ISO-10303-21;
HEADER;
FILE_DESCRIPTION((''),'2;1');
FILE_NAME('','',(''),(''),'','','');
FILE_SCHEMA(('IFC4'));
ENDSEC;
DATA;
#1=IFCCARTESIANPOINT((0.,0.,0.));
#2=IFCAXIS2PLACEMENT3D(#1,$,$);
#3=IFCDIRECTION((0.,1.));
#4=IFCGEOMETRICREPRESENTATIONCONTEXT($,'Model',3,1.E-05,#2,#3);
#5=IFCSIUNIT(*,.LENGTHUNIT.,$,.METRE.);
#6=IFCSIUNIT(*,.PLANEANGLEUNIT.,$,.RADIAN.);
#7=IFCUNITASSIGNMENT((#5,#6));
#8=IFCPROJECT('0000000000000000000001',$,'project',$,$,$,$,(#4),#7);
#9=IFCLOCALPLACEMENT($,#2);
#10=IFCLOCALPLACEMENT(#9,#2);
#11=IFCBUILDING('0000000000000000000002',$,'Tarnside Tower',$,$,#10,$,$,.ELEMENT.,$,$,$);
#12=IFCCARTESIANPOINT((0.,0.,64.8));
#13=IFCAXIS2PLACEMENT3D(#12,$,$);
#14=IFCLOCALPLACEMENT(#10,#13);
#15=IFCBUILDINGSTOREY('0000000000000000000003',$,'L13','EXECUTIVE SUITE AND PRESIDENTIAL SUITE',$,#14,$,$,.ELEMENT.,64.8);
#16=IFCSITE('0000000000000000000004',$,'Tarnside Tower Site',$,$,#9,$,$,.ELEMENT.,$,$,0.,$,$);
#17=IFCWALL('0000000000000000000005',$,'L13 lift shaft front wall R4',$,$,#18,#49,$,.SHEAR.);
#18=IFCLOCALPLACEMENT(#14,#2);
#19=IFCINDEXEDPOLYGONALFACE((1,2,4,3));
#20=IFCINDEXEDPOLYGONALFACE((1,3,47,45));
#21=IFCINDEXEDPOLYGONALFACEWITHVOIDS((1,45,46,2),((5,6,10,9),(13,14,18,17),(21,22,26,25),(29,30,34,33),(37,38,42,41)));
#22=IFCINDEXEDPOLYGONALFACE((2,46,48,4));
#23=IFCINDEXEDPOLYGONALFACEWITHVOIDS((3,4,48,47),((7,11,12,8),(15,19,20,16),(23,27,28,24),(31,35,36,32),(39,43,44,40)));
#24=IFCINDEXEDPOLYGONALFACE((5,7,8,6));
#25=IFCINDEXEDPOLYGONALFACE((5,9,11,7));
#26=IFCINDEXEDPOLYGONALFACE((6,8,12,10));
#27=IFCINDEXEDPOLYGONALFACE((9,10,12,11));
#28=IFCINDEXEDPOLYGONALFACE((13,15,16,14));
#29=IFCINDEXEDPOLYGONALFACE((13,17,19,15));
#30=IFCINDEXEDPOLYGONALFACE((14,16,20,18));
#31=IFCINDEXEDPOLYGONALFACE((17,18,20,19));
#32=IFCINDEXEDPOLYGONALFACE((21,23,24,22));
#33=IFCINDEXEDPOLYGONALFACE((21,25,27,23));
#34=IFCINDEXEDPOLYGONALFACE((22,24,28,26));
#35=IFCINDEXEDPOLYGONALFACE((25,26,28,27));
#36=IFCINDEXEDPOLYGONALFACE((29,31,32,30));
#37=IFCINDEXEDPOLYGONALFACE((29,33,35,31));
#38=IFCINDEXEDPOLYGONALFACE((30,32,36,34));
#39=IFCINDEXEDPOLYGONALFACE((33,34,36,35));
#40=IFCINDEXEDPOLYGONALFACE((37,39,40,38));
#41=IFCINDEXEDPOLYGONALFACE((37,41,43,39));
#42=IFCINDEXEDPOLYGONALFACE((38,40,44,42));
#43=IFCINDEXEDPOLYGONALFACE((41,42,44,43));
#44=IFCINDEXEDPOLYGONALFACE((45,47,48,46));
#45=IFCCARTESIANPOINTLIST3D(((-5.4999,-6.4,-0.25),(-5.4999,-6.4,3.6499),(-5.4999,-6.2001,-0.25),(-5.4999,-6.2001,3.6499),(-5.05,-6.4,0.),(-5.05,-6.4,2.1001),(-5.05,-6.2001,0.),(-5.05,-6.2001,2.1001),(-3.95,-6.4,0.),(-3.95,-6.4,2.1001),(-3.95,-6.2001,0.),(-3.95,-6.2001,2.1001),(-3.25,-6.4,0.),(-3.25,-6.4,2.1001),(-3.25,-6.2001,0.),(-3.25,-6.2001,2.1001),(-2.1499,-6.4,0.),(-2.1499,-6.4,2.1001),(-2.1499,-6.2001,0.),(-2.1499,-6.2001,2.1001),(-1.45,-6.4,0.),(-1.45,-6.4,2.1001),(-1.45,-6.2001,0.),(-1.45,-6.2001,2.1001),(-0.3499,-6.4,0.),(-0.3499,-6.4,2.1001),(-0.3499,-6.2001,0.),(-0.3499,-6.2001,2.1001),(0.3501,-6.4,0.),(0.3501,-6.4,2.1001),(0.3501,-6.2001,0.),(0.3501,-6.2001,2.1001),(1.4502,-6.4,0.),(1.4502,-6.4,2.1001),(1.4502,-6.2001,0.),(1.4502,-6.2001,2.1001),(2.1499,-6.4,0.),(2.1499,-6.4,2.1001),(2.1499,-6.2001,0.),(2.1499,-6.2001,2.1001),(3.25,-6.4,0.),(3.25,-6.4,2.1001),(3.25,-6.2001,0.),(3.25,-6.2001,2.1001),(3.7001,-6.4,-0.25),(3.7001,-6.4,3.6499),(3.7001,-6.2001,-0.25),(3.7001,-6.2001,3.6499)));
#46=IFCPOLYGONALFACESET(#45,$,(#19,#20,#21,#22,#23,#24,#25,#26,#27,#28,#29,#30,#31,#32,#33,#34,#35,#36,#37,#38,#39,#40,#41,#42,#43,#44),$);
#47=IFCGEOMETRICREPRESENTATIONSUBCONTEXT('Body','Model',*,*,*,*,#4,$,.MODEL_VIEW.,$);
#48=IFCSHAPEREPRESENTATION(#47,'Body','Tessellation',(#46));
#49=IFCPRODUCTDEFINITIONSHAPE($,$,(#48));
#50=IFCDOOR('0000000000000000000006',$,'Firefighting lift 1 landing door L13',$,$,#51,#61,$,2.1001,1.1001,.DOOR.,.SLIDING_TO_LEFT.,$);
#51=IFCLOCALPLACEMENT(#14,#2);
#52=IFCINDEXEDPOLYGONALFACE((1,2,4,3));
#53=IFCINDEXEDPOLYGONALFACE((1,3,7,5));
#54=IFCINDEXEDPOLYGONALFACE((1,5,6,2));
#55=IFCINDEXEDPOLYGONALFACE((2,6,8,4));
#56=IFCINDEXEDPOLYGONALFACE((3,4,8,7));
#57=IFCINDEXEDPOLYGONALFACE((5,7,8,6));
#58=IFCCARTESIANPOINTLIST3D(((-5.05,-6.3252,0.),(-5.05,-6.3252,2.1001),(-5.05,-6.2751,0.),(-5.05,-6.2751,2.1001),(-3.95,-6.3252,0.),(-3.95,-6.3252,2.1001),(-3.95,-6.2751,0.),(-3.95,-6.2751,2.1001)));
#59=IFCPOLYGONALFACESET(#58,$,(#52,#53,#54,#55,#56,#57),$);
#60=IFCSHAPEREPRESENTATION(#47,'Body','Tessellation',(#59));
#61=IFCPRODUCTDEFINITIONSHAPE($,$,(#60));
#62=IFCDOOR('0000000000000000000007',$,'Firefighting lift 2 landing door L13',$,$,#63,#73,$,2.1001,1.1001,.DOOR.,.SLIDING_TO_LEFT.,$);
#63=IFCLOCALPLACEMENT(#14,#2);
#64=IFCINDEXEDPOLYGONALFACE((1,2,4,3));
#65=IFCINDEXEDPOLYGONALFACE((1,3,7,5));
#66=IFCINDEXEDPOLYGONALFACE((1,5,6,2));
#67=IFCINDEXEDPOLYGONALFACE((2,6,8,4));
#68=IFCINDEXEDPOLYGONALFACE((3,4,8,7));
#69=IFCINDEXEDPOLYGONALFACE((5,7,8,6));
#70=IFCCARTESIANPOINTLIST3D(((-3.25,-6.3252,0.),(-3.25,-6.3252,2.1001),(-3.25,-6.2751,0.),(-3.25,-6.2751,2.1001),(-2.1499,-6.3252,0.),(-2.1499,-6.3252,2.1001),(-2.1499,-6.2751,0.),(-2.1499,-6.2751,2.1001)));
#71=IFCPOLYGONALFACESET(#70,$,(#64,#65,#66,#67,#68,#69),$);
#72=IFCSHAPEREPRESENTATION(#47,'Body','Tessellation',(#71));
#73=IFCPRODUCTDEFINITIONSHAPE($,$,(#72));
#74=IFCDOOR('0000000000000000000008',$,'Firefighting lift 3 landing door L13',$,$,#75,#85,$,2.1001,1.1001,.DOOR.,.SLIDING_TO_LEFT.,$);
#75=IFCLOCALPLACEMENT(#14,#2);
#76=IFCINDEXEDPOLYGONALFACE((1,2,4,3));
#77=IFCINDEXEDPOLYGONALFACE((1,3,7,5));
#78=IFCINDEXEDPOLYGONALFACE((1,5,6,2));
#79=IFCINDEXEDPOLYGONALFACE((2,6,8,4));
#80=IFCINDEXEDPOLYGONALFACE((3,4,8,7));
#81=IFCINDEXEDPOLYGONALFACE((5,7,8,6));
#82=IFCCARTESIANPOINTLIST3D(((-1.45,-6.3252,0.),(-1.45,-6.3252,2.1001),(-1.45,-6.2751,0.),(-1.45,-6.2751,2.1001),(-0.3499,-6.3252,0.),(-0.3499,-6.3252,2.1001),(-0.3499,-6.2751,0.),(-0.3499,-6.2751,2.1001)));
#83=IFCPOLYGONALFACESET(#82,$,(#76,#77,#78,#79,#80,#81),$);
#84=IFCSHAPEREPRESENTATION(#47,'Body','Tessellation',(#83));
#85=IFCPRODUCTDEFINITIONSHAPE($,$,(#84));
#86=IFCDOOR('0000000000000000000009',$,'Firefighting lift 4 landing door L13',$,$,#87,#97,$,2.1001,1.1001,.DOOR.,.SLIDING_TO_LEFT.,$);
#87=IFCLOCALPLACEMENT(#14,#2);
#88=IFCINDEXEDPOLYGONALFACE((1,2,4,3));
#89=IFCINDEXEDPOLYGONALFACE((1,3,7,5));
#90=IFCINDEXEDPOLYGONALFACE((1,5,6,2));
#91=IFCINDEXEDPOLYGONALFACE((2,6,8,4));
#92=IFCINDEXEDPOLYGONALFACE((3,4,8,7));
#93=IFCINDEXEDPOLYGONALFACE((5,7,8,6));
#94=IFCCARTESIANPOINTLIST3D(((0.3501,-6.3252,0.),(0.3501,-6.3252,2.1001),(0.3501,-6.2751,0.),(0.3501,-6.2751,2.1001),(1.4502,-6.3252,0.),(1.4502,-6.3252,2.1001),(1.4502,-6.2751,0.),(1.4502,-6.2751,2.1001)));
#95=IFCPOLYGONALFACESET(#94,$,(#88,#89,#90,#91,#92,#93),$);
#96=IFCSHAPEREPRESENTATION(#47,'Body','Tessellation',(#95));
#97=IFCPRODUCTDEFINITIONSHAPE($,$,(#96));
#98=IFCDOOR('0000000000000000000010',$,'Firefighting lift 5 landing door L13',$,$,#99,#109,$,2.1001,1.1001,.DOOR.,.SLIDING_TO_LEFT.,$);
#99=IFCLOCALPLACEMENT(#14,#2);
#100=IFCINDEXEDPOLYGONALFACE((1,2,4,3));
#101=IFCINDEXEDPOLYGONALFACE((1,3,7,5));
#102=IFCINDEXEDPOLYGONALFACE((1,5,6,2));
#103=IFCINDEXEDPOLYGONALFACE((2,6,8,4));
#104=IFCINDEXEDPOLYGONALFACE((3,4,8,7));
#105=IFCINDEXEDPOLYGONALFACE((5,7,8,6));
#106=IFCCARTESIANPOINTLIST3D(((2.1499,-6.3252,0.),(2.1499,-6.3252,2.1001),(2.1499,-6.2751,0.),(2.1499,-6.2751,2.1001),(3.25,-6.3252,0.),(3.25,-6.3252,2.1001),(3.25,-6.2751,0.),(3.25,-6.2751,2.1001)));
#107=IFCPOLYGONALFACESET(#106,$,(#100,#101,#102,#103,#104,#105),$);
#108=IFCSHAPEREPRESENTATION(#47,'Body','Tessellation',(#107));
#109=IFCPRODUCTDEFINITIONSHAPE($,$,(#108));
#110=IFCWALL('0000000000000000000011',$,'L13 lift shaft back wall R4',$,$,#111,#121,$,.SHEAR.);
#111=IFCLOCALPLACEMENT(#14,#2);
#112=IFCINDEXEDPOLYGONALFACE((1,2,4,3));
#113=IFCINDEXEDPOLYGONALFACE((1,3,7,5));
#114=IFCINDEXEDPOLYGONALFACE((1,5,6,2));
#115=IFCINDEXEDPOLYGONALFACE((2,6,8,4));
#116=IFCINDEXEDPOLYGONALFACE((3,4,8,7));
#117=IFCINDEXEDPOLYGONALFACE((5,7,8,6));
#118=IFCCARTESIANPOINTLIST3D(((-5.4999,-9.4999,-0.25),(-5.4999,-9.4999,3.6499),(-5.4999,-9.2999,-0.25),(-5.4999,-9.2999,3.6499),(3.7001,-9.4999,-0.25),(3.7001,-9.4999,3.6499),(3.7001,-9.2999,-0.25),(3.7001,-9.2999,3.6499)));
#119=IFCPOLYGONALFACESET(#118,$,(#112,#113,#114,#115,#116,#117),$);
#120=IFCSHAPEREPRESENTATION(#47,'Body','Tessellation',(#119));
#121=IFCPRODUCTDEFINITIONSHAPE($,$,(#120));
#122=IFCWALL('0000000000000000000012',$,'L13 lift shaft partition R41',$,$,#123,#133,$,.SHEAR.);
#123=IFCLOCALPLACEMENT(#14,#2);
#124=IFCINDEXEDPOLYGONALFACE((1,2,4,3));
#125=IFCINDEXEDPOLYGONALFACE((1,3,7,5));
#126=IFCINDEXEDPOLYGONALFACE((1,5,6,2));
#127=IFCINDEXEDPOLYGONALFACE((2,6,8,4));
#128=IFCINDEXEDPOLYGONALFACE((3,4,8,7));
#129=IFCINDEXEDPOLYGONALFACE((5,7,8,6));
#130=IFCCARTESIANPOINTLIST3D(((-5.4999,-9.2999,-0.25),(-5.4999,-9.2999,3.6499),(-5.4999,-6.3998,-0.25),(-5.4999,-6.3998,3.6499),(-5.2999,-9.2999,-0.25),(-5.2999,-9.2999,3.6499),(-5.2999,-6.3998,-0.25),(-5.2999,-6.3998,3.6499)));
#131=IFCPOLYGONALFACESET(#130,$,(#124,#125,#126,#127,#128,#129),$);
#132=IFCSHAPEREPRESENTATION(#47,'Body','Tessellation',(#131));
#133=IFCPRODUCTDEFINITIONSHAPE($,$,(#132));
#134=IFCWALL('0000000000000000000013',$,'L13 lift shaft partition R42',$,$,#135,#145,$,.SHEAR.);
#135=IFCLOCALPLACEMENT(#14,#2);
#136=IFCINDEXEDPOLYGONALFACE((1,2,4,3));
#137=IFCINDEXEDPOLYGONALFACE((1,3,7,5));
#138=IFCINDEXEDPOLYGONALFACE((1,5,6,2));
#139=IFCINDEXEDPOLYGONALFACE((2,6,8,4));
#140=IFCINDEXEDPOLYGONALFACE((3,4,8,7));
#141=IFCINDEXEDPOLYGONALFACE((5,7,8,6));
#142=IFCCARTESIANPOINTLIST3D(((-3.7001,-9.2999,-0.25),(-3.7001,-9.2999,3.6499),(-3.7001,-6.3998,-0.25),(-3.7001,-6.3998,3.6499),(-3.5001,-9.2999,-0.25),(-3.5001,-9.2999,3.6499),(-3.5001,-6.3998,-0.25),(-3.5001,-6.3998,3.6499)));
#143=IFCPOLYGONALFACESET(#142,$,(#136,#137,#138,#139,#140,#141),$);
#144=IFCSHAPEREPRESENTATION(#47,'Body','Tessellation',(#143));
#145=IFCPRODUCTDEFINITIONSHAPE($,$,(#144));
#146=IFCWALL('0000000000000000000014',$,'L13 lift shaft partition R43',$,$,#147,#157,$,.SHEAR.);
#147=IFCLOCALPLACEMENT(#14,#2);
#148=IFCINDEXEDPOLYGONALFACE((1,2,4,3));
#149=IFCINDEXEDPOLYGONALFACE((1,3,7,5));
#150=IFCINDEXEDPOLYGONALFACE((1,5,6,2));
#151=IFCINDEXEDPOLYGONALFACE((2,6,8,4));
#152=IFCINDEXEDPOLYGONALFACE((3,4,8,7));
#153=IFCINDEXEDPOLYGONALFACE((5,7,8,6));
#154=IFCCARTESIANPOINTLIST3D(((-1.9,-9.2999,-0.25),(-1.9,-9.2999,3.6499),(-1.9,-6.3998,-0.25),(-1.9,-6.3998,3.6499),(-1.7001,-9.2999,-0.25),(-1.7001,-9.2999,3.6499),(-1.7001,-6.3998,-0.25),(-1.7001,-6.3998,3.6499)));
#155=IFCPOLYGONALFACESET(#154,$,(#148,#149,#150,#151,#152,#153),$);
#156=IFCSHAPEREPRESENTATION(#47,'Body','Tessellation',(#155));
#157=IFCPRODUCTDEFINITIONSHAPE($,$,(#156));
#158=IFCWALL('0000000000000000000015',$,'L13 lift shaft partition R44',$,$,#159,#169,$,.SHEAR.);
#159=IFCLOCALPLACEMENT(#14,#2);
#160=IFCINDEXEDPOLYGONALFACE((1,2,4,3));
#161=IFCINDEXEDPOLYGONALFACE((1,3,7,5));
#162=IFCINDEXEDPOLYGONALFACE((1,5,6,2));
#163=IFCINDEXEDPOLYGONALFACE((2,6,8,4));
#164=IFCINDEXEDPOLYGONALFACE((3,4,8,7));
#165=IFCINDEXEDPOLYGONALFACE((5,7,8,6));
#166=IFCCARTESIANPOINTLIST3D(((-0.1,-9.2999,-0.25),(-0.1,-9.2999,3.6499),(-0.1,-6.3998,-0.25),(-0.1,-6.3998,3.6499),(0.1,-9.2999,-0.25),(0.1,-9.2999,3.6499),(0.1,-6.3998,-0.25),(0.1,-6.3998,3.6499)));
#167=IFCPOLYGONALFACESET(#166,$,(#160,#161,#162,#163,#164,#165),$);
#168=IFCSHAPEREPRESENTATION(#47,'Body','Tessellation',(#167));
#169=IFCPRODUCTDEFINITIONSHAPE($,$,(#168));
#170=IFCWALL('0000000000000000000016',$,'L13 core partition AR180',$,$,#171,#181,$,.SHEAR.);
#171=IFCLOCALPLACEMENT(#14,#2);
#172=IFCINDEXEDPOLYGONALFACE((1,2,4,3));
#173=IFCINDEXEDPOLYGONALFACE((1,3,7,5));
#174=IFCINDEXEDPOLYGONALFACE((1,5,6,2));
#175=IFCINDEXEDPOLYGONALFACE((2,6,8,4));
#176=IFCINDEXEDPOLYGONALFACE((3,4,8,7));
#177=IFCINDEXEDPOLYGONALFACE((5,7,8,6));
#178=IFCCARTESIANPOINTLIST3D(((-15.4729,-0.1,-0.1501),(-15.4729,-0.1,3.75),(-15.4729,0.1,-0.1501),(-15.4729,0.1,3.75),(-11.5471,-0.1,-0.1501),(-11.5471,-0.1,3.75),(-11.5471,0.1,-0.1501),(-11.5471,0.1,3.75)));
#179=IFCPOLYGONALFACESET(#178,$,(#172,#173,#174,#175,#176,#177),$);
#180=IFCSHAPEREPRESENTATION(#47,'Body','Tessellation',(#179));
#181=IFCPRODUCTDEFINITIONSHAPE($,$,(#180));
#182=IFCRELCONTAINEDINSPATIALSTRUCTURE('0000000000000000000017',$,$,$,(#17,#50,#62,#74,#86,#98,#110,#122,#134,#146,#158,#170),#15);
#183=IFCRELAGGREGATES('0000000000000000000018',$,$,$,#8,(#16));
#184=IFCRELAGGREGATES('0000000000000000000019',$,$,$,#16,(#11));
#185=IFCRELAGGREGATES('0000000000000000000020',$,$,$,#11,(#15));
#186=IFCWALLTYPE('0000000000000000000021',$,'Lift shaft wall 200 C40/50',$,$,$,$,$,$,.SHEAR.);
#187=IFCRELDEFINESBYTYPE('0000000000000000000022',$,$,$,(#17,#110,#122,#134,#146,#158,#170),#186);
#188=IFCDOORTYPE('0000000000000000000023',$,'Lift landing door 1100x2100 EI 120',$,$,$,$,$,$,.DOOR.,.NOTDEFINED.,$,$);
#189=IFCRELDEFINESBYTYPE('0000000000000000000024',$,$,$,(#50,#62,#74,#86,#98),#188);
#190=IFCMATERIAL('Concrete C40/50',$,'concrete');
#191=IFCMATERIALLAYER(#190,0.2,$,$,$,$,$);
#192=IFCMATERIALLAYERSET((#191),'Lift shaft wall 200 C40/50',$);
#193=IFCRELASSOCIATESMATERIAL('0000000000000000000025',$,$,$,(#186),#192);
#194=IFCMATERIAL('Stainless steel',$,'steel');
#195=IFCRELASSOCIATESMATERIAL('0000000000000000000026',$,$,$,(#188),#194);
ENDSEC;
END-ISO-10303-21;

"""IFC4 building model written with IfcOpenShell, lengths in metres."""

from ifc_helpers import new_model, si_unit, direction, frame, frame_2d, origin, place, context, subcontext, project, spatial, rectangle, extrude, material, layer, layer_set, type_object, element, fill, save


model = new_model("IFC4")

# Units and contexts
model_context = context("Model", 3, precision=1e-05, world=origin(), true_north=direction((0.0, 1.0)))
body_context = subcontext(model_context, "Body", "Model", "MODEL_VIEW")
ifc_project = project(units=[si_unit("LENGTHUNIT", "METRE"), si_unit("PLANEANGLEUNIT", "RADIAN")], contexts=[model_context])

# Site, building, storey
site_placement = place(None, origin())
site = spatial("IfcSite", under=ifc_project, at=site_placement, Name="Tarnside Tower Site", CompositionType="ELEMENT", RefElevation=0.0)
building_placement = place(site_placement, origin())
building = spatial("IfcBuilding", under=site, at=building_placement, Name="Tarnside Tower", CompositionType="ELEMENT")
storey_placement = place(building_placement, frame((0.0, 0.0, 64.8)))
storey = spatial("IfcBuildingStorey", under=building, at=storey_placement, Name="L13", Description="EXECUTIVE SUITE AND PRESIDENTIAL SUITE", CompositionType="ELEMENT", Elevation=64.8)

# Shared definitions
ifc_material_1 = material(Name="Concrete C40/50", Category="concrete")

# Wall, openings, doors
ifc_layer_1 = layer(ifc_material_1, 0.2)
ifc_layer_set_1 = layer_set([ifc_layer_1], Name="Lift shaft wall 200 C40/50")
wall_type_1 = type_object("IfcWallType", Name="Lift shaft wall 200 C40/50", PredefinedType="SHEAR", material=ifc_layer_set_1)
wall_1_placement = place(storey_placement, frame((-5.5, -6.3, -0.25), z_axis=(0.0, 0.0, 1.0), x_axis=(1.0, 0.0, 0.0)))
wall_1 = element("IfcWall", 1, at=wall_1_placement, inside=storey, type_object=wall_type_1, Name="L13 lift shaft front wall R4", PredefinedType="SHEAR", context=body_context, shape_type="SweptSolid", body=[
    extrude(rectangle(XDim=9.2, YDim=0.2, at=frame_2d((4.6001, 0.0))), origin(), (0.0, 0.0, 1.0), 3.8999),
])
opening_1_placement = place(wall_1_placement, frame((0.45, 0.0, 0.25)))
opening_1 = element("IfcOpeningElement", 2, at=opening_1_placement, cuts=wall_1, PredefinedType="OPENING", context=body_context, shape_type="SweptSolid", body=[
    extrude(rectangle(XDim=1.1001, YDim=2.1001, at=frame_2d((0.55, 1.05))), frame((0.0, 0.1099, 0.0), z_axis=(0.0, -1.0, 0.0), x_axis=(1.0, 0.0, 0.0)), (0.0, 0.0, 1.0), 0.22),
])
opening_2_placement = place(wall_1_placement, frame((2.25, 0.0, 0.25)))
opening_2 = element("IfcOpeningElement", 3, at=opening_2_placement, cuts=wall_1, PredefinedType="OPENING", context=body_context, shape_type="SweptSolid", body=[
    extrude(rectangle(XDim=1.1001, YDim=2.1001, at=frame_2d((0.55, 1.05))), frame((0.0, 0.1099, 0.0), z_axis=(0.0, -1.0, 0.0), x_axis=(1.0, 0.0, 0.0)), (0.0, 0.0, 1.0), 0.22),
])
opening_3_placement = place(wall_1_placement, frame((4.05, 0.0, 0.25)))
opening_3 = element("IfcOpeningElement", 4, at=opening_3_placement, cuts=wall_1, PredefinedType="OPENING", context=body_context, shape_type="SweptSolid", body=[
    extrude(rectangle(XDim=1.1001, YDim=2.1001, at=frame_2d((0.55, 1.05))), frame((0.0, 0.1099, 0.0), z_axis=(0.0, -1.0, 0.0), x_axis=(1.0, 0.0, 0.0)), (0.0, 0.0, 1.0), 0.22),
])
opening_4_placement = place(wall_1_placement, frame((5.8501, 0.0, 0.25)))
opening_4 = element("IfcOpeningElement", 5, at=opening_4_placement, cuts=wall_1, PredefinedType="OPENING", context=body_context, shape_type="SweptSolid", body=[
    extrude(rectangle(XDim=1.1001, YDim=2.1001, at=frame_2d((0.55, 1.05))), frame((0.0, 0.1099, 0.0), z_axis=(0.0, -1.0, 0.0), x_axis=(1.0, 0.0, 0.0)), (0.0, 0.0, 1.0), 0.22),
])
opening_5_placement = place(wall_1_placement, frame((7.6499, 0.0, 0.25)))
opening_5 = element("IfcOpeningElement", 6, at=opening_5_placement, cuts=wall_1, PredefinedType="OPENING", context=body_context, shape_type="SweptSolid", body=[
    extrude(rectangle(XDim=1.1001, YDim=2.1001, at=frame_2d((0.55, 1.05))), frame((0.0, 0.1099, 0.0), z_axis=(0.0, -1.0, 0.0), x_axis=(1.0, 0.0, 0.0)), (0.0, 0.0, 1.0), 0.22),
])
ifc_material_2 = material(Name="Stainless steel", Category="steel")
door_type_1 = type_object("IfcDoorType", Name="Lift landing door 1100x2100 EI 120", OperationType="NOTDEFINED", PredefinedType="DOOR", material=ifc_material_2)
door_1_placement = place(opening_1_placement, origin())
door_1 = element("IfcDoor", 7, at=door_1_placement, inside=storey, type_object=door_type_1, Name="Firefighting lift 1 landing door L13", OperationType="SLIDING_TO_LEFT", OverallHeight=2.1001, OverallWidth=1.1001, PredefinedType="DOOR", context=body_context, shape_type="SweptSolid", body=[
    extrude(rectangle(XDim=1.1001, YDim=2.1001, at=frame_2d((0.55, 1.05))), frame((0.0, 0.0249, 0.0), z_axis=(0.0, -1.0, 0.0), x_axis=(1.0, 0.0, 0.0)), (0.0, 0.0, 1.0), 0.05),
])
fill(opening_1, door_1)
door_2_placement = place(opening_2_placement, origin())
door_2 = element("IfcDoor", 8, at=door_2_placement, inside=storey, type_object=door_type_1, Name="Firefighting lift 2 landing door L13", OperationType="SLIDING_TO_LEFT", OverallHeight=2.1001, OverallWidth=1.1001, PredefinedType="DOOR", context=body_context, shape_type="SweptSolid", body=[
    extrude(rectangle(XDim=1.1001, YDim=2.1001, at=frame_2d((0.55, 1.05))), frame((0.0, 0.0249, 0.0), z_axis=(0.0, -1.0, 0.0), x_axis=(1.0, 0.0, 0.0)), (0.0, 0.0, 1.0), 0.05),
])
fill(opening_2, door_2)
door_3_placement = place(opening_3_placement, origin())
door_3 = element("IfcDoor", 9, at=door_3_placement, inside=storey, type_object=door_type_1, Name="Firefighting lift 3 landing door L13", OperationType="SLIDING_TO_LEFT", OverallHeight=2.1001, OverallWidth=1.1001, PredefinedType="DOOR", context=body_context, shape_type="SweptSolid", body=[
    extrude(rectangle(XDim=1.1001, YDim=2.1001, at=frame_2d((0.55, 1.05))), frame((0.0, 0.0249, 0.0), z_axis=(0.0, -1.0, 0.0), x_axis=(1.0, 0.0, 0.0)), (0.0, 0.0, 1.0), 0.05),
])
fill(opening_3, door_3)
door_4_placement = place(opening_4_placement, origin())
door_4 = element("IfcDoor", 10, at=door_4_placement, inside=storey, type_object=door_type_1, Name="Firefighting lift 4 landing door L13", OperationType="SLIDING_TO_LEFT", OverallHeight=2.1001, OverallWidth=1.1001, PredefinedType="DOOR", context=body_context, shape_type="SweptSolid", body=[
    extrude(rectangle(XDim=1.1001, YDim=2.1001, at=frame_2d((0.55, 1.05))), frame((0.0, 0.0249, 0.0), z_axis=(0.0, -1.0, 0.0), x_axis=(1.0, 0.0, 0.0)), (0.0, 0.0, 1.0), 0.05),
])
fill(opening_4, door_4)
door_5_placement = place(opening_5_placement, origin())
door_5 = element("IfcDoor", 11, at=door_5_placement, inside=storey, type_object=door_type_1, Name="Firefighting lift 5 landing door L13", OperationType="SLIDING_TO_LEFT", OverallHeight=2.1001, OverallWidth=1.1001, PredefinedType="DOOR", context=body_context, shape_type="SweptSolid", body=[
    extrude(rectangle(XDim=1.1001, YDim=2.1001, at=frame_2d((0.55, 1.05))), frame((0.0, 0.0249, 0.0), z_axis=(0.0, -1.0, 0.0), x_axis=(1.0, 0.0, 0.0)), (0.0, 0.0, 1.0), 0.05),
])
fill(opening_5, door_5)

# Walls
wall_2_placement = place(storey_placement, frame((-5.5, -9.3999, -0.25), z_axis=(0.0, 0.0, 1.0), x_axis=(1.0, 0.0, 0.0)))
element("IfcWall", 12, at=wall_2_placement, inside=storey, type_object=wall_type_1, Name="L13 lift shaft back wall R4", PredefinedType="SHEAR", context=body_context, shape_type="SweptSolid", body=[
    extrude(rectangle(XDim=9.2, YDim=0.2, at=frame_2d((4.6001, 0.0))), origin(), (0.0, 0.0, 1.0), 3.8999),
])
for number, where, z_axis, x_axis, name in (
    (13, (-5.3999, -9.3, -0.25), (0.0, 0.0, 1.0), (0.0, 1.0, 0.0), "L13 lift shaft partition R41"),
    (14, (-3.6001, -9.3, -0.25), (0.0, 0.0, 1.0), (0.0, 1.0, 0.0), "L13 lift shaft partition R42"),
    (15, (-1.8, -9.3, -0.25), (0.0, 0.0, 1.0), (0.0, 1.0, 0.0), "L13 lift shaft partition R43"),
    (16, (0.0, -9.3, -0.25), (0.0, 0.0, 1.0), (0.0, 1.0, 0.0), "L13 lift shaft partition R44"),
):
    element("IfcWall", number, at=place(storey_placement, frame(where, z_axis=z_axis, x_axis=x_axis)), inside=storey, type_object=wall_type_1, Name=name, PredefinedType="SHEAR", context=body_context, shape_type="SweptSolid", body=[
        extrude(rectangle(XDim=2.9001, YDim=0.2, at=frame_2d((1.4502, 0.0))), origin(), (0.0, 0.0, 1.0), 3.8999),
    ])
wall_3_placement = place(storey_placement, frame((-11.5471, 0.0, -0.1501), z_axis=(0.0, 0.0, 1.0), x_axis=(-1.0, 0.0, 0.0)))
element("IfcWall", 17, at=wall_3_placement, inside=storey, type_object=wall_type_1, Name="L13 core partition AR180", PredefinedType="SHEAR", context=body_context, shape_type="SweptSolid", body=[
    extrude(rectangle(XDim=3.9258, YDim=0.2, at=frame_2d((1.9629, 0.0))), origin(), (0.0, 0.0, 1.0), 3.9001),
])

save(model, "model.ifc")
